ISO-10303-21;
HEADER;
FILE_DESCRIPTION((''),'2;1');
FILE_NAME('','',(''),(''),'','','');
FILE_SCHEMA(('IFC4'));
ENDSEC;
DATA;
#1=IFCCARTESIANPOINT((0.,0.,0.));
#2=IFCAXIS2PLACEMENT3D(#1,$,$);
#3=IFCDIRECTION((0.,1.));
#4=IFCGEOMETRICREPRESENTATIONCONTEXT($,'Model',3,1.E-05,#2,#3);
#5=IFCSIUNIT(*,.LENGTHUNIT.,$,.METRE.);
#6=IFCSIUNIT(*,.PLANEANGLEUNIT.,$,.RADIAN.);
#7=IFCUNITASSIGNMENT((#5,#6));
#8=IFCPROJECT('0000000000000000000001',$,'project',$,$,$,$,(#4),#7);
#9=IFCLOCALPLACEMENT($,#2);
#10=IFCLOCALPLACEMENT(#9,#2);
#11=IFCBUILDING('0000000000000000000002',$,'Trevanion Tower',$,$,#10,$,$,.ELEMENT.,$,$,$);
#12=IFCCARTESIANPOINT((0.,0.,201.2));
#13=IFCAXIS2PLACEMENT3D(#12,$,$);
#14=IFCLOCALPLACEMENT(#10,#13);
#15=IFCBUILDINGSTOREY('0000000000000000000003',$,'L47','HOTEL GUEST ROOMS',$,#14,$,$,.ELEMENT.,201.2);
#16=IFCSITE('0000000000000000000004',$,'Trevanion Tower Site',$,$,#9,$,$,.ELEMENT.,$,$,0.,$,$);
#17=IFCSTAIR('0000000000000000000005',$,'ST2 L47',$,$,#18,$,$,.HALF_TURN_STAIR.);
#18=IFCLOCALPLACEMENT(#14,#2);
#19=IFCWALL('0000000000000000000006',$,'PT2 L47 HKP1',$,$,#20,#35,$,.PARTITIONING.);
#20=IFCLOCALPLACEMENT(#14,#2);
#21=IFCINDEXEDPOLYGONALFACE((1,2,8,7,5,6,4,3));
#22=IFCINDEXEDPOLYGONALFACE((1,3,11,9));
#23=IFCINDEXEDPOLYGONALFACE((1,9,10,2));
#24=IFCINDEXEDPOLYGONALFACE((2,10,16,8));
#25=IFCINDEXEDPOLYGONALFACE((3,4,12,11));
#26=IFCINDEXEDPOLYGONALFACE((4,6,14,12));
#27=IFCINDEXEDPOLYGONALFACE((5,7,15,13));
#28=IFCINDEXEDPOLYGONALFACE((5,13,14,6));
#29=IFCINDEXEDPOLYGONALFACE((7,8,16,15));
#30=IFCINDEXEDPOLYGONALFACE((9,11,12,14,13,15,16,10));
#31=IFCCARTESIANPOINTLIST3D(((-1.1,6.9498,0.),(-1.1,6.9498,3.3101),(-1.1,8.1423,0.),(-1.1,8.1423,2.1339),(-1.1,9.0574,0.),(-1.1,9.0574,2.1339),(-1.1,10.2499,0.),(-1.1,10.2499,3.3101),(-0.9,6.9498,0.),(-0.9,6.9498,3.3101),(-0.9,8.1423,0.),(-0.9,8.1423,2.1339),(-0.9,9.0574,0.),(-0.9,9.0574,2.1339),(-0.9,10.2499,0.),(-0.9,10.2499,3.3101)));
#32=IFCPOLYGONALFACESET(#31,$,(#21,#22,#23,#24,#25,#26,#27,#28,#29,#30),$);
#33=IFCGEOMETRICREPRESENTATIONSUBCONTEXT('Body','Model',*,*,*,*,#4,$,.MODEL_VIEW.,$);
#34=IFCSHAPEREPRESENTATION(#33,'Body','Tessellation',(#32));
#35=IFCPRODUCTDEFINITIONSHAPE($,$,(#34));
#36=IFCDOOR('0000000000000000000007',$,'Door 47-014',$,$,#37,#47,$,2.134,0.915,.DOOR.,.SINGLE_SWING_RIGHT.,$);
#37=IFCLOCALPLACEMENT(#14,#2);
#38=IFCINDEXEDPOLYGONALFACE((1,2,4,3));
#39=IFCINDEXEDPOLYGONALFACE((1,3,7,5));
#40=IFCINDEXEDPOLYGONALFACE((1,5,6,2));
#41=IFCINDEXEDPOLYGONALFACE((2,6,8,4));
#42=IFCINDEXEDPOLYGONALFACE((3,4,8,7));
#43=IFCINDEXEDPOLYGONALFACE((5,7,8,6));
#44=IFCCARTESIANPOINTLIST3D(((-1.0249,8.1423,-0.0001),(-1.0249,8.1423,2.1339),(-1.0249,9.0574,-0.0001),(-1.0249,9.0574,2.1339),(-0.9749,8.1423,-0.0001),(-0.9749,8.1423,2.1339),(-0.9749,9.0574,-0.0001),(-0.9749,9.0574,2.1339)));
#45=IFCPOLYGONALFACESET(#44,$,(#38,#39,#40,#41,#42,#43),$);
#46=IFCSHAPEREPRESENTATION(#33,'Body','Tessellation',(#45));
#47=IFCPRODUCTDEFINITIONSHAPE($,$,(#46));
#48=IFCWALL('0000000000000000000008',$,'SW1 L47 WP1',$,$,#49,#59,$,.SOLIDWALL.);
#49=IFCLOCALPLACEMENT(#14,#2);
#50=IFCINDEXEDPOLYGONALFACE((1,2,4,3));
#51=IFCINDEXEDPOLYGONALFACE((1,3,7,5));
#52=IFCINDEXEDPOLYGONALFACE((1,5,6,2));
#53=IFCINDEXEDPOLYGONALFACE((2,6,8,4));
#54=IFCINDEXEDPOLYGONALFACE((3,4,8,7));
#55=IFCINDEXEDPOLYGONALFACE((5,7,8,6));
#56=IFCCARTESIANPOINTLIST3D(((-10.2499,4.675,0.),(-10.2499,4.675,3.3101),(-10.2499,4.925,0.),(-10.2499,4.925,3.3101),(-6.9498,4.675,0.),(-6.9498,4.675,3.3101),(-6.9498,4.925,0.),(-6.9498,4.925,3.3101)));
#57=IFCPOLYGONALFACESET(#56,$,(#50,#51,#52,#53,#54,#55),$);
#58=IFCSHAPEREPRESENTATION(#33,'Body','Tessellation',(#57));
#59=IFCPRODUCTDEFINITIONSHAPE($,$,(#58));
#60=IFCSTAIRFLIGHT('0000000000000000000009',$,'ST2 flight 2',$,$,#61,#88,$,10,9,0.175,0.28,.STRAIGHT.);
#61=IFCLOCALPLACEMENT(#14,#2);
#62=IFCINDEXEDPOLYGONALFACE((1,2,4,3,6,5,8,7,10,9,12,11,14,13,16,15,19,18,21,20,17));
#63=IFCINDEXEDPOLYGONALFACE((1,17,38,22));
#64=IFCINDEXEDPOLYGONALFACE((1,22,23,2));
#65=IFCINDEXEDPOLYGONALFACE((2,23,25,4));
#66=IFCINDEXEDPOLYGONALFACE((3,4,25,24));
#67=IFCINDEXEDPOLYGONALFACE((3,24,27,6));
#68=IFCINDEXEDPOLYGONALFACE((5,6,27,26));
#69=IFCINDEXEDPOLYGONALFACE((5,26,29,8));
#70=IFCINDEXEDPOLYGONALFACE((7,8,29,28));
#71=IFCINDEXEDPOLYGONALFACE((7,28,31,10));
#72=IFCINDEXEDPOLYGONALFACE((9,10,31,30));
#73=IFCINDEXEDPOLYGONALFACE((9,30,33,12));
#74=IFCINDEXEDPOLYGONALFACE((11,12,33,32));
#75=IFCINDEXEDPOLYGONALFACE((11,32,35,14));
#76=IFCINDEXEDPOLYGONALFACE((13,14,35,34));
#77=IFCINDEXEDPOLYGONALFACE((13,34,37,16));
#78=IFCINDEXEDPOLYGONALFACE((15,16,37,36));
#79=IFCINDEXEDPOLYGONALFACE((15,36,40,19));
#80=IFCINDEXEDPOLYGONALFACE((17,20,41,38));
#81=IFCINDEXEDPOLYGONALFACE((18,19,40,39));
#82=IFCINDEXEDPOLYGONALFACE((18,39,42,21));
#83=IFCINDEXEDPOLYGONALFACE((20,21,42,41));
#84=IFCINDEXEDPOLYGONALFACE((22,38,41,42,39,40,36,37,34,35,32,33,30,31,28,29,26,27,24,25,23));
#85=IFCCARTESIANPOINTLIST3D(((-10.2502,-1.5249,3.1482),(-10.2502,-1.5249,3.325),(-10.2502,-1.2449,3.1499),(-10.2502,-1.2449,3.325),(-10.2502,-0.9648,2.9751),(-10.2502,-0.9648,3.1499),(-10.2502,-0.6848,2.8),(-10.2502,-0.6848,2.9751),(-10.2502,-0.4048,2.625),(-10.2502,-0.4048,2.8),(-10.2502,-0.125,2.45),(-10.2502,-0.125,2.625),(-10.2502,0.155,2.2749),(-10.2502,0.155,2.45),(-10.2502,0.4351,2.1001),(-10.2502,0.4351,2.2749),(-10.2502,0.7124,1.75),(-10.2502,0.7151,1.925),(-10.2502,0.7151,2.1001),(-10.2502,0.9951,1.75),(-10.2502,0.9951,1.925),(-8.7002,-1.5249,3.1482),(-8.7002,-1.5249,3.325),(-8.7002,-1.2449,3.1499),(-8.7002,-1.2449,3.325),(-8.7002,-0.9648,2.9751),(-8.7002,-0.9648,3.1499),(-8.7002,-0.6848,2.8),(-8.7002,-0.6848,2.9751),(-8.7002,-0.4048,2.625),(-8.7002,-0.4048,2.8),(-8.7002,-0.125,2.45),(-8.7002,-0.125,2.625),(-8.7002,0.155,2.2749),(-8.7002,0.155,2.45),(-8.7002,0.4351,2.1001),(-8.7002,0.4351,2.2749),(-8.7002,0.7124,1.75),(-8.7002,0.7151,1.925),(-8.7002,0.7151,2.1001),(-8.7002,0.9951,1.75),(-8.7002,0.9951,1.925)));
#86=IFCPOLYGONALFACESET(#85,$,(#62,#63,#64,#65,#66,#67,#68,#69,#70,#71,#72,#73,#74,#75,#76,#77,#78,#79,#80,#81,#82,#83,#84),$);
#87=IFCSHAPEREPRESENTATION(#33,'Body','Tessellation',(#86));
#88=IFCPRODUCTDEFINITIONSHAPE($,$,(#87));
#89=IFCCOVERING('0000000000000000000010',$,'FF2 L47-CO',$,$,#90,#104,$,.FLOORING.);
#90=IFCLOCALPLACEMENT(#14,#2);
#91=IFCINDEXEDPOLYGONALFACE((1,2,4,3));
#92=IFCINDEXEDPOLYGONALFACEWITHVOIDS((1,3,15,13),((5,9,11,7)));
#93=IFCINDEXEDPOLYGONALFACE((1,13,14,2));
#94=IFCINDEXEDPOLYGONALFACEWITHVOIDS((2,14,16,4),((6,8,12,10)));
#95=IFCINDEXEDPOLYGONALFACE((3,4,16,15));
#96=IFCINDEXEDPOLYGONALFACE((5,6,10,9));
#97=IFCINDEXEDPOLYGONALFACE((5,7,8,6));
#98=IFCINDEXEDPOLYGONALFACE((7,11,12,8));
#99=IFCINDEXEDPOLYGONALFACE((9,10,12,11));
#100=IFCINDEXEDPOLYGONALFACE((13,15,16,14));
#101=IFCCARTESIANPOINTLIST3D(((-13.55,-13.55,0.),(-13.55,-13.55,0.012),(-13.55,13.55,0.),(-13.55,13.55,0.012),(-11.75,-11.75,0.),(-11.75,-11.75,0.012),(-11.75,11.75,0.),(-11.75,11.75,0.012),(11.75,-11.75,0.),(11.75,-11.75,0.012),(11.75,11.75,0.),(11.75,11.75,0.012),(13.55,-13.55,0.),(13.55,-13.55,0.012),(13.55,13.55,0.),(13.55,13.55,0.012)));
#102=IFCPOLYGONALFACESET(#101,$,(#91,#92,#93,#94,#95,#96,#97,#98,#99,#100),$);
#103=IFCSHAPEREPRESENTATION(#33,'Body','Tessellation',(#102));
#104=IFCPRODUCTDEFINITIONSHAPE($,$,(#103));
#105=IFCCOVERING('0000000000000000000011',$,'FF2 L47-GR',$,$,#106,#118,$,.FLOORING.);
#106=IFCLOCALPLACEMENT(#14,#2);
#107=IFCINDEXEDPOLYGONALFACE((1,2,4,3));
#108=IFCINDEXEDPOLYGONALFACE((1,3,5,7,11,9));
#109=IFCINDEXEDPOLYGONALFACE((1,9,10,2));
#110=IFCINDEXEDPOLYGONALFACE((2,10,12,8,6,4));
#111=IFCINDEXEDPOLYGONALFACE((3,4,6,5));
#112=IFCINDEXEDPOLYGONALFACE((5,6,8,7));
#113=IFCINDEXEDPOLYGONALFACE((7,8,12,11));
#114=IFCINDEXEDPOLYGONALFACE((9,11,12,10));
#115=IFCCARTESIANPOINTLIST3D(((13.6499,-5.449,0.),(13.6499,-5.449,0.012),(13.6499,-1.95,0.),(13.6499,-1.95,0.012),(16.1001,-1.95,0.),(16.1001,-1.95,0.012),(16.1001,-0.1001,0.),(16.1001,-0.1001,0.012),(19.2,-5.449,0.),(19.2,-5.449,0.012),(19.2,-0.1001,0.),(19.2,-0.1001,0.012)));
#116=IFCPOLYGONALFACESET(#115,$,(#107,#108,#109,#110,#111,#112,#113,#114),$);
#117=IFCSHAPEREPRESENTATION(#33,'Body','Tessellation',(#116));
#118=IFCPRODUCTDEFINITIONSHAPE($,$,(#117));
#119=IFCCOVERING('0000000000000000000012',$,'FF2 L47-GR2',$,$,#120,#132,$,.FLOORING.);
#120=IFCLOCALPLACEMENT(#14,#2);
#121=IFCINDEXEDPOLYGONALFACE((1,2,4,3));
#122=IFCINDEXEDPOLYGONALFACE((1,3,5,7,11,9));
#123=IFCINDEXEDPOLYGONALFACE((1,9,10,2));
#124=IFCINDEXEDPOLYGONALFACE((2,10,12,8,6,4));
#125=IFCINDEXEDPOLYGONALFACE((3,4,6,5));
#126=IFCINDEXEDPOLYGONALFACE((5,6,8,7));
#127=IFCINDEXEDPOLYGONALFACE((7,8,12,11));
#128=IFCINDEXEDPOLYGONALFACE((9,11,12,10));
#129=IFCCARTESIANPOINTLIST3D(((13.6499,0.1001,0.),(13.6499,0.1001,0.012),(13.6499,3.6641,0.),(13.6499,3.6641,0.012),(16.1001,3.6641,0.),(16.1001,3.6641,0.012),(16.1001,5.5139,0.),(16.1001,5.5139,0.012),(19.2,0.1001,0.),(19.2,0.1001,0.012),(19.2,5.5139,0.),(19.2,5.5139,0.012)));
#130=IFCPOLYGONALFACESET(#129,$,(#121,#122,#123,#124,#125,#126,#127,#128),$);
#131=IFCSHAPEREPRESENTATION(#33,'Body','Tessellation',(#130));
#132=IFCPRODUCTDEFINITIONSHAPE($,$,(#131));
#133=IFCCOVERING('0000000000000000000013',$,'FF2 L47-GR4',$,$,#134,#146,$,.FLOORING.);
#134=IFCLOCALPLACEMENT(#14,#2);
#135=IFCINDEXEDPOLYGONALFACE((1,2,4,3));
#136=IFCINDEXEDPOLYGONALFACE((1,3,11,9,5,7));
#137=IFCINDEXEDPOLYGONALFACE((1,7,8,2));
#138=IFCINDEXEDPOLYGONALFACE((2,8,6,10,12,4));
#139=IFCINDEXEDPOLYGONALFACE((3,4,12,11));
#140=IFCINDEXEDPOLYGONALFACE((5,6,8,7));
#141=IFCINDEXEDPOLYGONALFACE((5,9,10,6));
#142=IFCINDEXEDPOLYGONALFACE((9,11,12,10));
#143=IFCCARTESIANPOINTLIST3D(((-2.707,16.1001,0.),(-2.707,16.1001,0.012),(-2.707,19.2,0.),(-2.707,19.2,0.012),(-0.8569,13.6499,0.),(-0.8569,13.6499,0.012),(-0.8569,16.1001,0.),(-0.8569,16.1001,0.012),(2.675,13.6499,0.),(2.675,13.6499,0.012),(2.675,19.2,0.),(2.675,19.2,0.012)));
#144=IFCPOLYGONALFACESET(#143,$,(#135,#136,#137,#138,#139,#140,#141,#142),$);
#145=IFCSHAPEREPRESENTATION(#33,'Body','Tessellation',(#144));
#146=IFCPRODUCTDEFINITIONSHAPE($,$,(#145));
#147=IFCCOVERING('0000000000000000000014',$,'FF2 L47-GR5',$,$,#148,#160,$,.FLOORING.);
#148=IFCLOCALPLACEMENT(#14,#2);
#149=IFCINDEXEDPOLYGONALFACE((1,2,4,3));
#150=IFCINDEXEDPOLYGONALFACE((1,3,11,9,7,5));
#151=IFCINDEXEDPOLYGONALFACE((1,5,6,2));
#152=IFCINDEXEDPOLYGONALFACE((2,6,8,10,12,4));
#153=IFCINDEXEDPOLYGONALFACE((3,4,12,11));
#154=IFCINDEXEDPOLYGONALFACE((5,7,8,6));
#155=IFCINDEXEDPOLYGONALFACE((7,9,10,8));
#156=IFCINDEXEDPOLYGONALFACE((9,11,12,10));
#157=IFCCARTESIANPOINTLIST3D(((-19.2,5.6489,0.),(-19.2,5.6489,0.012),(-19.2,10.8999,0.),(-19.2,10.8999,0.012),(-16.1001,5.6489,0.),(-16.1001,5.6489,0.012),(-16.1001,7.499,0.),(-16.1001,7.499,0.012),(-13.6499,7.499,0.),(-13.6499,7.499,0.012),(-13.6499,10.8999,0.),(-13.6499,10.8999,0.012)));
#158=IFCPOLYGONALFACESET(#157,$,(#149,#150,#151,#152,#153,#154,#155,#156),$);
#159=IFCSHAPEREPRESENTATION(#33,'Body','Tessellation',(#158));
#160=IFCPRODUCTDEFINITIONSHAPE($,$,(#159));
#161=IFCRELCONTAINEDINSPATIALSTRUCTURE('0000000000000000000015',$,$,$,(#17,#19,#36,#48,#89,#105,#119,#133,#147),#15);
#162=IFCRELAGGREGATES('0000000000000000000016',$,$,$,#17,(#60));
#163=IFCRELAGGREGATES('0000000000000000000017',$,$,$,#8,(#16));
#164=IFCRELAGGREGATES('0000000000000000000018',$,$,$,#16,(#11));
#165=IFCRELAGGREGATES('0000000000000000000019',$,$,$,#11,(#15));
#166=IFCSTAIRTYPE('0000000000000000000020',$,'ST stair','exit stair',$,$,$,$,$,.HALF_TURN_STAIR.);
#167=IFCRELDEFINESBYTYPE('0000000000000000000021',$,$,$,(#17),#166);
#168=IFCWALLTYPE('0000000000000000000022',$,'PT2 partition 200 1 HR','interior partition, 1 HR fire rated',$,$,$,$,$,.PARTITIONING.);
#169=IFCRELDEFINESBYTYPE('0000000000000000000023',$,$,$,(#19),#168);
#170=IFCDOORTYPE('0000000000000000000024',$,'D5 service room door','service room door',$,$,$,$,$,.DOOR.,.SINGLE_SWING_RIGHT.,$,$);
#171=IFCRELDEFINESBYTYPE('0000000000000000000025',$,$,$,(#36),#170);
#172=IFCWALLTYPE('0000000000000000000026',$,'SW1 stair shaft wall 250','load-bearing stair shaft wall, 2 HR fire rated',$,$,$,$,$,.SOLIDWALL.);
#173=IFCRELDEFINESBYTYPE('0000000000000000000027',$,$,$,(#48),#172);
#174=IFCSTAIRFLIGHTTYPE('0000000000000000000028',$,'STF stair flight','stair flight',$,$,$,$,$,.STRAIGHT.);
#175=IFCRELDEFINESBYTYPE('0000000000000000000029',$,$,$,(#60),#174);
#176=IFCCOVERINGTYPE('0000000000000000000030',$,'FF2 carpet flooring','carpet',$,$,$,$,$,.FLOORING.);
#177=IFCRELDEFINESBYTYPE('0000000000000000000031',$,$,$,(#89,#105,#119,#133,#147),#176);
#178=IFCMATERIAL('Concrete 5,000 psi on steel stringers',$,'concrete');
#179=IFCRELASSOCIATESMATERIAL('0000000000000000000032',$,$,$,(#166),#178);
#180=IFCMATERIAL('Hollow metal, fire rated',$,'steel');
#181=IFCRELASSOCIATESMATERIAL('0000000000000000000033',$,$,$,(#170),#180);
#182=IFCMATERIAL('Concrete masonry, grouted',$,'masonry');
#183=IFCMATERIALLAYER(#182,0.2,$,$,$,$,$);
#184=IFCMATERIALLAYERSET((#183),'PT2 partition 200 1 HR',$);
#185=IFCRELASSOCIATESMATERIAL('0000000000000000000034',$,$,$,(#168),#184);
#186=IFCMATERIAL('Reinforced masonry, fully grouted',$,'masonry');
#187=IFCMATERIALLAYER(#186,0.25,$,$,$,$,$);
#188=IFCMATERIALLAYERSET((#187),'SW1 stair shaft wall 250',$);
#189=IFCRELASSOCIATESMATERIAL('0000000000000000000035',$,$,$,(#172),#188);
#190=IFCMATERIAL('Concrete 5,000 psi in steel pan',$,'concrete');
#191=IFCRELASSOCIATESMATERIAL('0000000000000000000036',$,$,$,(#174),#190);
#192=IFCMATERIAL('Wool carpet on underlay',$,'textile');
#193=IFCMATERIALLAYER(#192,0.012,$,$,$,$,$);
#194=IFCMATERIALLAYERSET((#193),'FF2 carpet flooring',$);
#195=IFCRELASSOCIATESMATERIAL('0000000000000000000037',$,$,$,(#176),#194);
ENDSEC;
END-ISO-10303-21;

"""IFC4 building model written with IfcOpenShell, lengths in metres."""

from ifc_helpers import new_model, si_unit, direction, frame, frame_2d, origin, place, context, subcontext, project, spatial, polyline, rectangle, outline, extrude, material, layer, layer_set, type_object, element, fill, aggregate, save


model = new_model("IFC4")

# Units and contexts
model_context = context("Model", 3, precision=1e-05, world=origin(), true_north=direction((0.0, 1.0)))
body_context = subcontext(model_context, "Body", "Model", "MODEL_VIEW")
ifc_project = project(units=[si_unit("LENGTHUNIT", "METRE"), si_unit("PLANEANGLEUNIT", "RADIAN")], contexts=[model_context])

# Site, building, storey
site_placement = place(None, origin())
site = spatial("IfcSite", under=ifc_project, at=site_placement, Name="Trevanion Tower Site", CompositionType="ELEMENT", RefElevation=0.0)
building_placement = place(site_placement, origin())
building = spatial("IfcBuilding", under=site, at=building_placement, Name="Trevanion Tower", CompositionType="ELEMENT")
storey_placement = place(building_placement, frame((0.0, 0.0, 201.2)))
storey = spatial("IfcBuildingStorey", under=building, at=storey_placement, Name="L47", Description="HOTEL GUEST ROOMS", CompositionType="ELEMENT", Elevation=201.2)

# Stair
ifc_material_1 = material(Name="Concrete 5,000 psi on steel stringers", Category="concrete")
stair_type = type_object("IfcStairType", Name="ST stair", Description="exit stair", PredefinedType="HALF_TURN_STAIR", material=ifc_material_1)
stair_1_placement = place(storey_placement, origin())
stair_1 = element("IfcStair", 1, at=stair_1_placement, inside=storey, type_object=stair_type, Name="ST2 L47", PredefinedType="HALF_TURN_STAIR")

# Shared definitions
ifc_material_2 = material(Name="Hollow metal, fire rated", Category="steel")
door_type_1 = type_object("IfcDoorType", Name="D5 service room door", Description="service room door", OperationType="SINGLE_SWING_RIGHT", PredefinedType="DOOR", material=ifc_material_2)

# Shared definitions
ifc_material_3 = material(Name="Concrete masonry, grouted", Category="masonry")
ifc_layer_1 = layer(ifc_material_3, 0.2)
ifc_layer_set_1 = layer_set([ifc_layer_1], Name="PT2 partition 200 1 HR")
wall_type_1 = type_object("IfcWallType", Name="PT2 partition 200 1 HR", Description="interior partition, 1 HR fire rated", PredefinedType="PARTITIONING", material=ifc_layer_set_1)

# Wall, opening, door
wall_1_placement = place(storey_placement, frame((-1.0, 6.95, 0.0), z_axis=(0.0, 0.0, 1.0), x_axis=(0.0, 1.0, 0.0)))
wall_1 = element("IfcWall", 2, at=wall_1_placement, inside=storey, type_object=wall_type_1, Name="PT2 L47 HKP1", PredefinedType="PARTITIONING", context=body_context, shape_type="SweptSolid", body=[
    extrude(rectangle(XDim=3.3, YDim=0.2, at=frame_2d((1.6499, 0.0))), origin(), (0.0, 0.0, 1.0), 3.3101),
])
opening_1_placement = place(wall_1_placement, frame((1.1924, 0.0, 0.0)))
opening_1 = element("IfcOpeningElement", 3, at=opening_1_placement, cuts=wall_1, PredefinedType="OPENING", context=body_context, shape_type="SweptSolid", body=[
    extrude(rectangle(XDim=0.915, YDim=2.134, at=frame_2d((0.4575, 1.0669))), frame((0.0, 0.1099, 0.0), z_axis=(0.0, -1.0, 0.0), x_axis=(1.0, 0.0, 0.0)), (0.0, 0.0, 1.0), 0.22),
])
door_1_placement = place(opening_1_placement, origin())
door_1 = element("IfcDoor", 4, at=door_1_placement, inside=storey, type_object=door_type_1, Name="Door 47-014", OperationType="SINGLE_SWING_RIGHT", OverallHeight=2.134, OverallWidth=0.915, PredefinedType="DOOR", context=body_context, shape_type="SweptSolid", body=[
    extrude(rectangle(XDim=0.915, YDim=2.134, at=frame_2d((0.4575, 1.0669))), frame((0.0, 0.0249, 0.0), z_axis=(0.0, -1.0, 0.0), x_axis=(1.0, 0.0, 0.0)), (0.0, 0.0, 1.0), 0.05),
])
fill(opening_1, door_1)

# Wall
ifc_material_4 = material(Name="Reinforced masonry, fully grouted", Category="masonry")
ifc_layer_2 = layer(ifc_material_4, 0.25)
ifc_layer_set_2 = layer_set([ifc_layer_2], Name="SW1 stair shaft wall 250")
wall_type_2 = type_object("IfcWallType", Name="SW1 stair shaft wall 250", Description="load-bearing stair shaft wall, 2 HR fire rated", PredefinedType="SOLIDWALL", material=ifc_layer_set_2)
wall_2_placement = place(storey_placement, frame((-6.95, 4.8, 0.0), z_axis=(0.0, 0.0, 1.0), x_axis=(-1.0, 0.0, 0.0)))
element("IfcWall", 5, at=wall_2_placement, inside=storey, type_object=wall_type_2, Name="SW1 L47 WP1", PredefinedType="SOLIDWALL", context=body_context, shape_type="SweptSolid", body=[
    extrude(rectangle(XDim=3.3, YDim=0.25, at=frame_2d((1.6499, 0.0))), origin(), (0.0, 0.0, 1.0), 3.3101),
])

# Stair flight
ifc_material_5 = material(Name="Concrete 5,000 psi in steel pan", Category="concrete")
stair_flight_type = type_object("IfcStairFlightType", Name="STF stair flight", Description="stair flight", PredefinedType="STRAIGHT", material=ifc_material_5)
stair_flight_placement = place(storey_placement, frame((-9.4751, 0.9951, 1.75), z_axis=(0.0, 0.0, 1.0), x_axis=(0.0, -1.0, 0.0)))
stair_flight = element("IfcStairFlight", 6, at=stair_flight_placement, type_object=stair_flight_type, Name="ST2 flight 2", NumberOfRisers=10, NumberOfTreads=9, PredefinedType="STRAIGHT", RiserHeight=0.175, TreadLength=0.28, context=body_context, shape_type="SweptSolid", body=[
    extrude(outline(polyline([(0.0, 0.0), (0.0, 0.175), (0.28, 0.175), (0.28, 0.3501), (0.5601, 0.3501), (0.5601, 0.5249), (0.8401, 0.5249), (0.8401, 0.7), (1.1201, 0.7), (1.1201, 0.875), (1.3999, 0.875), (1.3999, 1.05), (1.6799, 1.05), (1.6799, 1.2251), (1.96, 1.2251), (1.96, 1.3999), (2.24, 1.3999), (2.24, 1.575), (2.52, 1.575), (2.52, 1.75), (2.52, 1.3982), (0.2827, 0.0), (0.0, 0.0)])), frame((0.0, 0.7749, 0.0), z_axis=(0.0, -1.0, 0.0), x_axis=(1.0, 0.0, 0.0)), (0.0, 0.0, 1.0), 1.55),
])
aggregate(stair_1, [stair_flight])

# Coverings
ifc_material_6 = material(Name="Wool carpet on underlay", Category="textile")
ifc_layer_3 = layer(ifc_material_6, 0.012)
ifc_layer_set_3 = layer_set([ifc_layer_3], Name="FF2 carpet flooring")
covering_type = type_object("IfcCoveringType", Name="FF2 carpet flooring", Description="carpet", PredefinedType="FLOORING", material=ifc_layer_set_3)
covering_1_placement = place(storey_placement, origin())
element("IfcCovering", 7, at=covering_1_placement, inside=storey, type_object=covering_type, Name="FF2 L47-CO", PredefinedType="FLOORING", context=body_context, shape_type="SweptSolid", body=[
    extrude(outline(polyline([(-13.55, -13.55), (-13.55, 13.55), (13.55, 13.55), (13.55, -13.55), (-13.55, -13.55)]), holes=[polyline([(11.75, 11.75), (-11.75, 11.75), (-11.75, -11.75), (11.75, -11.75), (11.75, 11.75)])]), origin(), (0.0, 0.0, 1.0), 0.012),
])
covering_2_placement = place(storey_placement, origin())
element("IfcCovering", 8, at=covering_2_placement, inside=storey, type_object=covering_type, Name="FF2 L47-GR", PredefinedType="FLOORING", context=body_context, shape_type="SweptSolid", body=[
    extrude(outline(polyline([(13.6499, -1.95), (16.1001, -1.95), (16.1001, -0.1001), (19.2, -0.1001), (19.2, -5.449), (13.6499, -5.449), (13.6499, -1.95)])), origin(), (0.0, 0.0, 1.0), 0.012),
])
covering_3_placement = place(storey_placement, origin())
element("IfcCovering", 9, at=covering_3_placement, inside=storey, type_object=covering_type, Name="FF2 L47-GR2", PredefinedType="FLOORING", context=body_context, shape_type="SweptSolid", body=[
    extrude(outline(polyline([(13.6499, 3.6641), (16.1001, 3.6641), (16.1001, 5.5139), (19.2, 5.5139), (19.2, 0.1001), (13.6499, 0.1001), (13.6499, 3.6641)])), origin(), (0.0, 0.0, 1.0), 0.012),
])
covering_4_placement = place(storey_placement, origin())
element("IfcCovering", 10, at=covering_4_placement, inside=storey, type_object=covering_type, Name="FF2 L47-GR4", PredefinedType="FLOORING", context=body_context, shape_type="SweptSolid", body=[
    extrude(outline(polyline([(-0.8569, 13.6499), (-0.8569, 16.1001), (-2.707, 16.1001), (-2.707, 19.2), (2.675, 19.2), (2.675, 13.6499), (-0.8569, 13.6499)])), origin(), (0.0, 0.0, 1.0), 0.012),
])
covering_5_placement = place(storey_placement, origin())
element("IfcCovering", 11, at=covering_5_placement, inside=storey, type_object=covering_type, Name="FF2 L47-GR5", PredefinedType="FLOORING", context=body_context, shape_type="SweptSolid", body=[
    extrude(outline(polyline([(-13.6499, 7.499), (-16.1001, 7.499), (-16.1001, 5.6489), (-19.2, 5.6489), (-19.2, 10.8999), (-13.6499, 10.8999), (-13.6499, 7.499)])), origin(), (0.0, 0.0, 1.0), 0.012),
])

save(model, "model.ifc")
